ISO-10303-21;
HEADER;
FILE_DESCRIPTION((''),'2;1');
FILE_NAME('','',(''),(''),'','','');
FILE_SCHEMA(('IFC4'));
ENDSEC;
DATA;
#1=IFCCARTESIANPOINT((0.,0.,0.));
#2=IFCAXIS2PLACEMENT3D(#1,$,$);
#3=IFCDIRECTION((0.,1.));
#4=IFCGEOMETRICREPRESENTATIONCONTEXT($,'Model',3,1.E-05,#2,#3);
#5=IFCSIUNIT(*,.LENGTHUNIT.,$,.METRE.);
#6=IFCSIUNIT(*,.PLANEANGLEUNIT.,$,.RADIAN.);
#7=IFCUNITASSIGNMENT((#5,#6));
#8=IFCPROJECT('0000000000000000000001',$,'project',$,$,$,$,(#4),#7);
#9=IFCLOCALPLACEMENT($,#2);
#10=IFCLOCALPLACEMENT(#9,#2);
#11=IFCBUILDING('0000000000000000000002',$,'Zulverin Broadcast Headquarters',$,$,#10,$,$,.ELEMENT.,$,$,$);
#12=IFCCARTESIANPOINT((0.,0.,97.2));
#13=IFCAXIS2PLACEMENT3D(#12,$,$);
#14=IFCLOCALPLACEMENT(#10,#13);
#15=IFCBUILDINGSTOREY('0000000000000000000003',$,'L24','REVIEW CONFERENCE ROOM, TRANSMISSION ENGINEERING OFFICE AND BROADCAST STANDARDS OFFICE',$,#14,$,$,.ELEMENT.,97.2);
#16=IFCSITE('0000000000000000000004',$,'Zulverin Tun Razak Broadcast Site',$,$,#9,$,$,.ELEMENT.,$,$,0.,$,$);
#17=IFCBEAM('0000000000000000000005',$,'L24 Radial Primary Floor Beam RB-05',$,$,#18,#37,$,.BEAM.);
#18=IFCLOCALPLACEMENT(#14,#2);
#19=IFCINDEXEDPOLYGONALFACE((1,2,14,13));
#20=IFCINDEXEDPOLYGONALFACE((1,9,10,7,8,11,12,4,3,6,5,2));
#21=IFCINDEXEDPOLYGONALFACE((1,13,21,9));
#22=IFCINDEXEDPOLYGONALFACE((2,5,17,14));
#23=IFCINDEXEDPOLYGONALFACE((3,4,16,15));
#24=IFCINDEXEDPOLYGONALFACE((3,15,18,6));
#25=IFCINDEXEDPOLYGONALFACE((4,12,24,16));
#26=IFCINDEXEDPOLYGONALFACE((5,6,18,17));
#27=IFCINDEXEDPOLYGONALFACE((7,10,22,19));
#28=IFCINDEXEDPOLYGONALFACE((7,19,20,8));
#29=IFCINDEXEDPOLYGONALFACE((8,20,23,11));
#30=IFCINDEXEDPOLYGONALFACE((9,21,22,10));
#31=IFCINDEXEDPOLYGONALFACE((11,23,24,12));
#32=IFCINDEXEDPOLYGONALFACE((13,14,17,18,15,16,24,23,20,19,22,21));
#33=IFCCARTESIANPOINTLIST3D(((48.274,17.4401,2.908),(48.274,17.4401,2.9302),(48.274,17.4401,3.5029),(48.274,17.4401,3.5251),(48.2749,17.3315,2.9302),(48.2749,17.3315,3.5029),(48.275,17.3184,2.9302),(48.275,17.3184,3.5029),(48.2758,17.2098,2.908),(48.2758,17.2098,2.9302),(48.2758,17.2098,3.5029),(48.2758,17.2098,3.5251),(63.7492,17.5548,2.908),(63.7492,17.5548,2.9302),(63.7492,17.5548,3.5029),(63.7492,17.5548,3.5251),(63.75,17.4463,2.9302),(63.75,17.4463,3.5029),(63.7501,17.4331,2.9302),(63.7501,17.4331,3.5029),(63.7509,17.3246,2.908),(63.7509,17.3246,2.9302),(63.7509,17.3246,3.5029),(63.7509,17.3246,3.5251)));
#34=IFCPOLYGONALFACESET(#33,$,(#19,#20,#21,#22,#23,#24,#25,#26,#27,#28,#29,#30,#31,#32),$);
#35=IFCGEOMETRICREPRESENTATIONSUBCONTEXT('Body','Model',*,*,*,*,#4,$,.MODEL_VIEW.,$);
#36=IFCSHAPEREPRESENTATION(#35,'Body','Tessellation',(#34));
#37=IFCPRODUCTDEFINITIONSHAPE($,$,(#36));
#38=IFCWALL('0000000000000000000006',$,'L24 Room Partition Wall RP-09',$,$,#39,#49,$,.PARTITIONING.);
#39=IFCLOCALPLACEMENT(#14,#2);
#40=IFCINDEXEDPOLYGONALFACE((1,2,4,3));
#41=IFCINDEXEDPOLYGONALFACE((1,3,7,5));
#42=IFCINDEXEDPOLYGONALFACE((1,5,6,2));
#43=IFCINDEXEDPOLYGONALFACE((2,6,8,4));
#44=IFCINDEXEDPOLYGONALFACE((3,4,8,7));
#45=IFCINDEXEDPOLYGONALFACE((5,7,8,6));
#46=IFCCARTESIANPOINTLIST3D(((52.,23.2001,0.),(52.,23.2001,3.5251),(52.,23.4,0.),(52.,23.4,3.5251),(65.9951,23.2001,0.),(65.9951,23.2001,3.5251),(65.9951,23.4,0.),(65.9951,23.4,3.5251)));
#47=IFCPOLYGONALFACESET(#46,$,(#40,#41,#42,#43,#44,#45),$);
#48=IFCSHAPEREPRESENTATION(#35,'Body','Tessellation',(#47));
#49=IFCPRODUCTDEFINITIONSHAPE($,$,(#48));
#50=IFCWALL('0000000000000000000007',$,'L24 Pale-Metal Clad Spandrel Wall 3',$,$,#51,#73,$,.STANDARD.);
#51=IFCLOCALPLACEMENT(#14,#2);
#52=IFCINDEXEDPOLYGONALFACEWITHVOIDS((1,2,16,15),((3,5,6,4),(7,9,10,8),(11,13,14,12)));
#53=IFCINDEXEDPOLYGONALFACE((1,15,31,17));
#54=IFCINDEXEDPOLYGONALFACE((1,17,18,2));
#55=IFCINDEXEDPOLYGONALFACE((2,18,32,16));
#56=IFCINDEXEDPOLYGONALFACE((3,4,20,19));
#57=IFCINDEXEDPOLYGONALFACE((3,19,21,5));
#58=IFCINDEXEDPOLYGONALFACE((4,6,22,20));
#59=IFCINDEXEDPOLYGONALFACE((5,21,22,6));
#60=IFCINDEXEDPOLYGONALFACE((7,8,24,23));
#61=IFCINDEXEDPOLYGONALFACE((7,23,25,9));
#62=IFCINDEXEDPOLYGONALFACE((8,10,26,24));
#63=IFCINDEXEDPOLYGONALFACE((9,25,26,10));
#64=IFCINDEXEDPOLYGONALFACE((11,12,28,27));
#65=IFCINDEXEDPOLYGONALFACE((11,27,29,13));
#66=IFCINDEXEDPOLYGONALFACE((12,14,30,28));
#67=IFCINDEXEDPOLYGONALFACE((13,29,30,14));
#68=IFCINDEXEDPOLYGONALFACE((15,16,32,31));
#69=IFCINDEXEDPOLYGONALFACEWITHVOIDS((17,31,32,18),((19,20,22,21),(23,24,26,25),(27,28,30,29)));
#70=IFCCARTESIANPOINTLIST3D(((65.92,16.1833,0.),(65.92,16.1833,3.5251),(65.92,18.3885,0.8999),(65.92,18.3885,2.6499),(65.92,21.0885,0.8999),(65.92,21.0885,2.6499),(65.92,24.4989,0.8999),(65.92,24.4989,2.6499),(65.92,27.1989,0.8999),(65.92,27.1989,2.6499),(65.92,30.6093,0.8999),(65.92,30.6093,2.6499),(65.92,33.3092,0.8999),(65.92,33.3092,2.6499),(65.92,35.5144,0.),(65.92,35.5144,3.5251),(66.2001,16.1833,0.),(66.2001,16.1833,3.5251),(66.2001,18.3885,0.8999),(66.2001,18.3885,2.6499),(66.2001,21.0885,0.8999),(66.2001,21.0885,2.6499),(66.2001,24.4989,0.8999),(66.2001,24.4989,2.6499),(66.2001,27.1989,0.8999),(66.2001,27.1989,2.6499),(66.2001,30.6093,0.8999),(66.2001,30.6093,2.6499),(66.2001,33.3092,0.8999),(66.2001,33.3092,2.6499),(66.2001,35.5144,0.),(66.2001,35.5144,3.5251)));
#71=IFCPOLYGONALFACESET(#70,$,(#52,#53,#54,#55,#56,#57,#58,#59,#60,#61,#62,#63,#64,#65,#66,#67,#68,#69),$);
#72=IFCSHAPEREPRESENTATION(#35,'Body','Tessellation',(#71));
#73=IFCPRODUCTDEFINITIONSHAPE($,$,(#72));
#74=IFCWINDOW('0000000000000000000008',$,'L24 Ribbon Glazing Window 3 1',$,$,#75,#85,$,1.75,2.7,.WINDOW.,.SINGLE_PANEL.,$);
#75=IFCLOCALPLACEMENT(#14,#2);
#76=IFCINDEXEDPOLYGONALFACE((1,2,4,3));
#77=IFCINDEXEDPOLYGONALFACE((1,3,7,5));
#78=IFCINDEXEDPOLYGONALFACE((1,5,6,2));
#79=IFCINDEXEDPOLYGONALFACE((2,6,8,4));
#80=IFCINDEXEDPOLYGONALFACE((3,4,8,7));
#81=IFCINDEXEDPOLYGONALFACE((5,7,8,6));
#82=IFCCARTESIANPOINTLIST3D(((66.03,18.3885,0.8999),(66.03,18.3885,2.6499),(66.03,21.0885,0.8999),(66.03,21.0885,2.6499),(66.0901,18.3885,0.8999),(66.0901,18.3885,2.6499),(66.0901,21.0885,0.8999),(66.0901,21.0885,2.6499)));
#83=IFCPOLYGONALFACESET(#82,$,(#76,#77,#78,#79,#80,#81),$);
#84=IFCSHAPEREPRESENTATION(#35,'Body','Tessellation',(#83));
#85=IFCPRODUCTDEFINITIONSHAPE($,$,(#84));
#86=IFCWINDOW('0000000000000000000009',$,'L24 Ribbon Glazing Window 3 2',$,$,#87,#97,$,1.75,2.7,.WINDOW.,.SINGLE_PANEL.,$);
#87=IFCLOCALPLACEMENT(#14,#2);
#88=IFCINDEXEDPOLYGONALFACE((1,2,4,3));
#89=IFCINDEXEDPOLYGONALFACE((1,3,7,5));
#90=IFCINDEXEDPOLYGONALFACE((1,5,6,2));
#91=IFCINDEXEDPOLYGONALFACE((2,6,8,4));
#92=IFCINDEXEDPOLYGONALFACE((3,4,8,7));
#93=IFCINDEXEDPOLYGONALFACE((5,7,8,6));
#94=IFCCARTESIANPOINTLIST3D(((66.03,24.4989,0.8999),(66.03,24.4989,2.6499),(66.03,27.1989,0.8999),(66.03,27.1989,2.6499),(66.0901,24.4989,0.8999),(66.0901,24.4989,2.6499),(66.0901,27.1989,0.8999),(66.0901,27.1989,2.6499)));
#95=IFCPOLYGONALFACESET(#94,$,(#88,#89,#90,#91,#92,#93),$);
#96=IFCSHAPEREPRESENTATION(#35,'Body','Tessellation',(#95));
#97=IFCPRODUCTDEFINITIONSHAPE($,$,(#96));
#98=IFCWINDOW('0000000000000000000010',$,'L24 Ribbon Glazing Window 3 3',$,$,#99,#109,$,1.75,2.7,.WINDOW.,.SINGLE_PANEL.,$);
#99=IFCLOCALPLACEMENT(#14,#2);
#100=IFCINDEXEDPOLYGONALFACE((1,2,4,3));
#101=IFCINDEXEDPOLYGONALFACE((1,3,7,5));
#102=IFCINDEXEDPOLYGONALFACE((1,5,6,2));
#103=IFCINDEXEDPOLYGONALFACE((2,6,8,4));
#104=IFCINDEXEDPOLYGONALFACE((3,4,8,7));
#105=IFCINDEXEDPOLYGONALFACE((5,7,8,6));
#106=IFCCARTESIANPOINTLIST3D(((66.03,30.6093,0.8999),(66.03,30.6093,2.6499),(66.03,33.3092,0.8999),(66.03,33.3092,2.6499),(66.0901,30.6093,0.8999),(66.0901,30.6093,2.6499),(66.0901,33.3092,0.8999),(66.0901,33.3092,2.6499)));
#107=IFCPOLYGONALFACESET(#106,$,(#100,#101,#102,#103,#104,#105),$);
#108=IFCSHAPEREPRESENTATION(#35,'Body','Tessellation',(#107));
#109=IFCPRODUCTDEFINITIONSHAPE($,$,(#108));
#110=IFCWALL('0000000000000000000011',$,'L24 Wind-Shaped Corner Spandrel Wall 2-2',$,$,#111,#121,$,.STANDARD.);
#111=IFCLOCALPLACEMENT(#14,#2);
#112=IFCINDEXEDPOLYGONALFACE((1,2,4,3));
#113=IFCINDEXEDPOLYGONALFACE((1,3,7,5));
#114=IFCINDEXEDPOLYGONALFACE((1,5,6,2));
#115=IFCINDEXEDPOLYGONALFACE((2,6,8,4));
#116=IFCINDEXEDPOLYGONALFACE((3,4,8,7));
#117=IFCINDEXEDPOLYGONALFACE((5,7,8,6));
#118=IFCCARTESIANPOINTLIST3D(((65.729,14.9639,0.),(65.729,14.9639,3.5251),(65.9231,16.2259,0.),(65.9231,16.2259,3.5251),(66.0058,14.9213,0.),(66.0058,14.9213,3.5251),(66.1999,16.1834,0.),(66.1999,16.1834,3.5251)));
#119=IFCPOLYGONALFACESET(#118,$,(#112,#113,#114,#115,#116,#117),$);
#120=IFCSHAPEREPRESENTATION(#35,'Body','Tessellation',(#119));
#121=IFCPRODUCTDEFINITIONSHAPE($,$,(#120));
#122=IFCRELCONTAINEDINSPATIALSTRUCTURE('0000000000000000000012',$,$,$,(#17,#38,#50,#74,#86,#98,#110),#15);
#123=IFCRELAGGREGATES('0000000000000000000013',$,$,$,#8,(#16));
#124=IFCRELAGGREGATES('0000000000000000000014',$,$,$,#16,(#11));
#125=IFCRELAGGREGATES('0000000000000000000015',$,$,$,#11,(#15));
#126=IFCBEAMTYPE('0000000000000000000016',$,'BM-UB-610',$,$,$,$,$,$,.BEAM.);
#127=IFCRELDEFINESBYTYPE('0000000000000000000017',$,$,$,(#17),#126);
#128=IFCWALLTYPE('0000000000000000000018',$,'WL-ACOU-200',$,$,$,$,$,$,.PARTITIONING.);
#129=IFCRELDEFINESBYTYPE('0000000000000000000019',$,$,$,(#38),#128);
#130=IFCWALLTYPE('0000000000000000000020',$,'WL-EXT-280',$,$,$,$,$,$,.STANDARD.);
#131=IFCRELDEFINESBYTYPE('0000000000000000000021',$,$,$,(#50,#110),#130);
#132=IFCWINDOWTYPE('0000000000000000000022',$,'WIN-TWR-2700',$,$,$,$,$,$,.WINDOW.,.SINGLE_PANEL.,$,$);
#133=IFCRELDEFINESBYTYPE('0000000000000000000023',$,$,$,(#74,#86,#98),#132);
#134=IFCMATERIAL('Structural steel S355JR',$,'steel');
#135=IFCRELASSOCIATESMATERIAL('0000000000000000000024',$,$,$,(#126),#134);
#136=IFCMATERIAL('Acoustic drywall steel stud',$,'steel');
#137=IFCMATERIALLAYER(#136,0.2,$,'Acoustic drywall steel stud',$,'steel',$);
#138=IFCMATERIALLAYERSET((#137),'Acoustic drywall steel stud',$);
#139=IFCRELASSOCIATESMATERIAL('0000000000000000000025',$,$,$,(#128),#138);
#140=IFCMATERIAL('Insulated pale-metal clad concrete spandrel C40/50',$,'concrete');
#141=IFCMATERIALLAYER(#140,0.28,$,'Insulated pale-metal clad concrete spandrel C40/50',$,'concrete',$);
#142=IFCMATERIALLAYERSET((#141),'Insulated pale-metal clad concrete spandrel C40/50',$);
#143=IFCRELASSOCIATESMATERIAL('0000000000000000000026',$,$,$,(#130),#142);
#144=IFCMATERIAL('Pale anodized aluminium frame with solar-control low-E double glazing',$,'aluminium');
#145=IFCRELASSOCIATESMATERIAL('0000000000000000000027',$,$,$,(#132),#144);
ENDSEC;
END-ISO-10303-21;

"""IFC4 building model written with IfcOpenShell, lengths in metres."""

from ifc_helpers import new_model, si_unit, direction, frame, frame_2d, origin, origin_2d, place, context, subcontext, project, spatial, rectangle, i_section, extrude, material, layer, layer_set, material_profile, profile_set, type_object, element, fill, save


model = new_model("IFC4")

# Units and contexts
model_context = context("Model", 3, precision=1e-05, world=origin(), true_north=direction((0.0, 1.0)))
body_context = subcontext(model_context, "Body", "Model", "MODEL_VIEW")
ifc_project = project(units=[si_unit("LENGTHUNIT", "METRE"), si_unit("PLANEANGLEUNIT", "RADIAN")], contexts=[model_context])

# Site, building, storey
site_placement = place(None, origin())
site = spatial("IfcSite", under=ifc_project, at=site_placement, Name="Zulverin Tun Razak Broadcast Site", CompositionType="ELEMENT", RefElevation=0.0)
building_placement = place(site_placement, origin())
building = spatial("IfcBuilding", under=site, at=building_placement, Name="Zulverin Broadcast Headquarters", CompositionType="ELEMENT")
storey_placement = place(building_placement, frame((0.0, 0.0, 97.2)))
storey = spatial("IfcBuildingStorey", under=building, at=storey_placement, Name="L24", Description="REVIEW CONFERENCE ROOM, TRANSMISSION ENGINEERING OFFICE AND BROADCAST STANDARDS OFFICE", CompositionType="ELEMENT", Elevation=97.2)

# Beam
ifc_material_1 = material(Name="Structural steel S355JR", Category="steel")
ifc_material_profile_1 = material_profile(ifc_material_1, i_section(OverallWidth=0.2302, OverallDepth=0.6172, WebThickness=0.0132, FlangeThickness=0.0222, at=origin_2d()), Name="Structural steel S355JR", Category="steel")
ifc_profile_set_1 = profile_set([ifc_material_profile_1], Name="Structural steel S355JR")
beam_type_1 = type_object("IfcBeamType", Name="BM-UB-610", PredefinedType="BEAM", material=ifc_profile_set_1)
beam_1_placement = place(storey_placement, frame((48.2749, 17.325, 3.2166), z_axis=(0.999973, 0.007415, 0.0), x_axis=(-0.007415, 0.999973, 0.0)))
element("IfcBeam", 1, at=beam_1_placement, inside=storey, type_object=beam_type_1, Name="L24 Radial Primary Floor Beam RB-05", PredefinedType="BEAM", context=body_context, shape_type="SweptSolid", body=[
    extrude(i_section(OverallWidth=0.2302, OverallDepth=0.6172, WebThickness=0.0132, FlangeThickness=0.0222, at=origin_2d()), origin(), (0.0, 0.0, 1.0), 15.4756),
])

# Wall
ifc_material_2 = material(Name="Acoustic drywall steel stud", Category="steel")
ifc_layer_1 = layer(ifc_material_2, 0.2, Name="Acoustic drywall steel stud", Category="steel")
ifc_layer_set_1 = layer_set([ifc_layer_1], Name="Acoustic drywall steel stud")
wall_type_1 = type_object("IfcWallType", Name="WL-ACOU-200", PredefinedType="PARTITIONING", material=ifc_layer_set_1)
wall_1_placement = place(storey_placement, frame((52.0, 23.3, 0.0), z_axis=(0.0, 0.0, 1.0), x_axis=(1.0, 0.0, 0.0)))
element("IfcWall", 2, at=wall_1_placement, inside=storey, type_object=wall_type_1, Name="L24 Room Partition Wall RP-09", PredefinedType="PARTITIONING", context=body_context, shape_type="SweptSolid", body=[
    extrude(rectangle(XDim=13.9951, YDim=0.2, at=frame_2d((6.9976, 0.0))), origin(), (0.0, 0.0, 1.0), 3.5251),
])

# Wall, openings, windows
ifc_material_3 = material(Name="Insulated pale-metal clad concrete spandrel C40/50", Category="concrete")
ifc_layer_2 = layer(ifc_material_3, 0.28, Name="Insulated pale-metal clad concrete spandrel C40/50", Category="concrete")
ifc_layer_set_2 = layer_set([ifc_layer_2], Name="Insulated pale-metal clad concrete spandrel C40/50")
wall_type_2 = type_object("IfcWallType", Name="WL-EXT-280", PredefinedType="STANDARD", material=ifc_layer_set_2)
wall_2_placement = place(storey_placement, frame((66.0601, 16.1833, 0.0), z_axis=(0.0, 0.0, 1.0), x_axis=(0.0, 1.0, 0.0)))
wall_2 = element("IfcWall", 3, at=wall_2_placement, inside=storey, type_object=wall_type_2, Name="L24 Pale-Metal Clad Spandrel Wall 3", PredefinedType="STANDARD", context=body_context, shape_type="SweptSolid", body=[
    extrude(rectangle(XDim=19.3311, YDim=0.28, at=frame_2d((9.6655, 0.0))), origin(), (0.0, 0.0, 1.0), 3.5251),
])
opening_1_placement = place(wall_2_placement, frame((2.2051, 0.0, 0.8999)))
opening_1 = element("IfcOpeningElement", 4, at=opening_1_placement, cuts=wall_2, PredefinedType="OPENING", context=body_context, shape_type="SweptSolid", body=[
    extrude(rectangle(XDim=2.7, YDim=1.75, at=frame_2d((1.3501, 0.875))), frame((0.0, 0.1499, 0.0), z_axis=(0.0, -1.0, 0.0), x_axis=(1.0, 0.0, 0.0)), (0.0, 0.0, 1.0), 0.3),
])
opening_2_placement = place(wall_2_placement, frame((8.3154, 0.0, 0.8999)))
opening_2 = element("IfcOpeningElement", 5, at=opening_2_placement, cuts=wall_2, PredefinedType="OPENING", context=body_context, shape_type="SweptSolid", body=[
    extrude(rectangle(XDim=2.7, YDim=1.75, at=frame_2d((1.3501, 0.875))), frame((0.0, 0.1499, 0.0), z_axis=(0.0, -1.0, 0.0), x_axis=(1.0, 0.0, 0.0)), (0.0, 0.0, 1.0), 0.3),
])
opening_3_placement = place(wall_2_placement, frame((14.4258, 0.0, 0.8999)))
opening_3 = element("IfcOpeningElement", 6, at=opening_3_placement, cuts=wall_2, PredefinedType="OPENING", context=body_context, shape_type="SweptSolid", body=[
    extrude(rectangle(XDim=2.7, YDim=1.75, at=frame_2d((1.3501, 0.875))), frame((0.0, 0.1499, 0.0), z_axis=(0.0, -1.0, 0.0), x_axis=(1.0, 0.0, 0.0)), (0.0, 0.0, 1.0), 0.3),
])
ifc_material_4 = material(Name="Pale anodized aluminium frame with solar-control low-E double glazing", Category="aluminium")
window_type = type_object("IfcWindowType", Name="WIN-TWR-2700", PartitioningType="SINGLE_PANEL", PredefinedType="WINDOW", material=ifc_material_4)
window_1_placement = place(opening_1_placement, origin())
window_1 = element("IfcWindow", 7, at=window_1_placement, inside=storey, type_object=window_type, Name="L24 Ribbon Glazing Window 3 1", OverallHeight=1.75, OverallWidth=2.7, PartitioningType="SINGLE_PANEL", PredefinedType="WINDOW", context=body_context, shape_type="SweptSolid", body=[
    extrude(rectangle(XDim=2.7, YDim=1.75, at=frame_2d((1.3501, 0.875))), frame((0.0, 0.03, 0.0), z_axis=(0.0, -1.0, 0.0), x_axis=(1.0, 0.0, 0.0)), (0.0, 0.0, 1.0), 0.0601),
])
fill(opening_1, window_1)
window_2_placement = place(opening_2_placement, origin())
window_2 = element("IfcWindow", 8, at=window_2_placement, inside=storey, type_object=window_type, Name="L24 Ribbon Glazing Window 3 2", OverallHeight=1.75, OverallWidth=2.7, PartitioningType="SINGLE_PANEL", PredefinedType="WINDOW", context=body_context, shape_type="SweptSolid", body=[
    extrude(rectangle(XDim=2.7, YDim=1.75, at=frame_2d((1.3501, 0.875))), frame((0.0, 0.03, 0.0), z_axis=(0.0, -1.0, 0.0), x_axis=(1.0, 0.0, 0.0)), (0.0, 0.0, 1.0), 0.0601),
])
fill(opening_2, window_2)
window_3_placement = place(opening_3_placement, origin())
window_3 = element("IfcWindow", 9, at=window_3_placement, inside=storey, type_object=window_type, Name="L24 Ribbon Glazing Window 3 3", OverallHeight=1.75, OverallWidth=2.7, PartitioningType="SINGLE_PANEL", PredefinedType="WINDOW", context=body_context, shape_type="SweptSolid", body=[
    extrude(rectangle(XDim=2.7, YDim=1.75, at=frame_2d((1.3501, 0.875))), frame((0.0, 0.03, 0.0), z_axis=(0.0, -1.0, 0.0), x_axis=(1.0, 0.0, 0.0)), (0.0, 0.0, 1.0), 0.0601),
])
fill(opening_3, window_3)

# Wall
wall_3_placement = place(storey_placement, frame((65.8674, 14.9426, 0.0), z_axis=(0.0, 0.0, 1.0), x_axis=(0.152014, 0.988378, 0.0)))
element("IfcWall", 10, at=wall_3_placement, inside=storey, type_object=wall_type_2, Name="L24 Wind-Shaped Corner Spandrel Wall 2-2", PredefinedType="STANDARD", context=body_context, shape_type="SweptSolid", body=[
    extrude(rectangle(XDim=1.2769, YDim=0.28, at=frame_2d((0.6384, 0.0))), origin(), (0.0, 0.0, 1.0), 3.5251),
])

save(model, "model.ifc")
